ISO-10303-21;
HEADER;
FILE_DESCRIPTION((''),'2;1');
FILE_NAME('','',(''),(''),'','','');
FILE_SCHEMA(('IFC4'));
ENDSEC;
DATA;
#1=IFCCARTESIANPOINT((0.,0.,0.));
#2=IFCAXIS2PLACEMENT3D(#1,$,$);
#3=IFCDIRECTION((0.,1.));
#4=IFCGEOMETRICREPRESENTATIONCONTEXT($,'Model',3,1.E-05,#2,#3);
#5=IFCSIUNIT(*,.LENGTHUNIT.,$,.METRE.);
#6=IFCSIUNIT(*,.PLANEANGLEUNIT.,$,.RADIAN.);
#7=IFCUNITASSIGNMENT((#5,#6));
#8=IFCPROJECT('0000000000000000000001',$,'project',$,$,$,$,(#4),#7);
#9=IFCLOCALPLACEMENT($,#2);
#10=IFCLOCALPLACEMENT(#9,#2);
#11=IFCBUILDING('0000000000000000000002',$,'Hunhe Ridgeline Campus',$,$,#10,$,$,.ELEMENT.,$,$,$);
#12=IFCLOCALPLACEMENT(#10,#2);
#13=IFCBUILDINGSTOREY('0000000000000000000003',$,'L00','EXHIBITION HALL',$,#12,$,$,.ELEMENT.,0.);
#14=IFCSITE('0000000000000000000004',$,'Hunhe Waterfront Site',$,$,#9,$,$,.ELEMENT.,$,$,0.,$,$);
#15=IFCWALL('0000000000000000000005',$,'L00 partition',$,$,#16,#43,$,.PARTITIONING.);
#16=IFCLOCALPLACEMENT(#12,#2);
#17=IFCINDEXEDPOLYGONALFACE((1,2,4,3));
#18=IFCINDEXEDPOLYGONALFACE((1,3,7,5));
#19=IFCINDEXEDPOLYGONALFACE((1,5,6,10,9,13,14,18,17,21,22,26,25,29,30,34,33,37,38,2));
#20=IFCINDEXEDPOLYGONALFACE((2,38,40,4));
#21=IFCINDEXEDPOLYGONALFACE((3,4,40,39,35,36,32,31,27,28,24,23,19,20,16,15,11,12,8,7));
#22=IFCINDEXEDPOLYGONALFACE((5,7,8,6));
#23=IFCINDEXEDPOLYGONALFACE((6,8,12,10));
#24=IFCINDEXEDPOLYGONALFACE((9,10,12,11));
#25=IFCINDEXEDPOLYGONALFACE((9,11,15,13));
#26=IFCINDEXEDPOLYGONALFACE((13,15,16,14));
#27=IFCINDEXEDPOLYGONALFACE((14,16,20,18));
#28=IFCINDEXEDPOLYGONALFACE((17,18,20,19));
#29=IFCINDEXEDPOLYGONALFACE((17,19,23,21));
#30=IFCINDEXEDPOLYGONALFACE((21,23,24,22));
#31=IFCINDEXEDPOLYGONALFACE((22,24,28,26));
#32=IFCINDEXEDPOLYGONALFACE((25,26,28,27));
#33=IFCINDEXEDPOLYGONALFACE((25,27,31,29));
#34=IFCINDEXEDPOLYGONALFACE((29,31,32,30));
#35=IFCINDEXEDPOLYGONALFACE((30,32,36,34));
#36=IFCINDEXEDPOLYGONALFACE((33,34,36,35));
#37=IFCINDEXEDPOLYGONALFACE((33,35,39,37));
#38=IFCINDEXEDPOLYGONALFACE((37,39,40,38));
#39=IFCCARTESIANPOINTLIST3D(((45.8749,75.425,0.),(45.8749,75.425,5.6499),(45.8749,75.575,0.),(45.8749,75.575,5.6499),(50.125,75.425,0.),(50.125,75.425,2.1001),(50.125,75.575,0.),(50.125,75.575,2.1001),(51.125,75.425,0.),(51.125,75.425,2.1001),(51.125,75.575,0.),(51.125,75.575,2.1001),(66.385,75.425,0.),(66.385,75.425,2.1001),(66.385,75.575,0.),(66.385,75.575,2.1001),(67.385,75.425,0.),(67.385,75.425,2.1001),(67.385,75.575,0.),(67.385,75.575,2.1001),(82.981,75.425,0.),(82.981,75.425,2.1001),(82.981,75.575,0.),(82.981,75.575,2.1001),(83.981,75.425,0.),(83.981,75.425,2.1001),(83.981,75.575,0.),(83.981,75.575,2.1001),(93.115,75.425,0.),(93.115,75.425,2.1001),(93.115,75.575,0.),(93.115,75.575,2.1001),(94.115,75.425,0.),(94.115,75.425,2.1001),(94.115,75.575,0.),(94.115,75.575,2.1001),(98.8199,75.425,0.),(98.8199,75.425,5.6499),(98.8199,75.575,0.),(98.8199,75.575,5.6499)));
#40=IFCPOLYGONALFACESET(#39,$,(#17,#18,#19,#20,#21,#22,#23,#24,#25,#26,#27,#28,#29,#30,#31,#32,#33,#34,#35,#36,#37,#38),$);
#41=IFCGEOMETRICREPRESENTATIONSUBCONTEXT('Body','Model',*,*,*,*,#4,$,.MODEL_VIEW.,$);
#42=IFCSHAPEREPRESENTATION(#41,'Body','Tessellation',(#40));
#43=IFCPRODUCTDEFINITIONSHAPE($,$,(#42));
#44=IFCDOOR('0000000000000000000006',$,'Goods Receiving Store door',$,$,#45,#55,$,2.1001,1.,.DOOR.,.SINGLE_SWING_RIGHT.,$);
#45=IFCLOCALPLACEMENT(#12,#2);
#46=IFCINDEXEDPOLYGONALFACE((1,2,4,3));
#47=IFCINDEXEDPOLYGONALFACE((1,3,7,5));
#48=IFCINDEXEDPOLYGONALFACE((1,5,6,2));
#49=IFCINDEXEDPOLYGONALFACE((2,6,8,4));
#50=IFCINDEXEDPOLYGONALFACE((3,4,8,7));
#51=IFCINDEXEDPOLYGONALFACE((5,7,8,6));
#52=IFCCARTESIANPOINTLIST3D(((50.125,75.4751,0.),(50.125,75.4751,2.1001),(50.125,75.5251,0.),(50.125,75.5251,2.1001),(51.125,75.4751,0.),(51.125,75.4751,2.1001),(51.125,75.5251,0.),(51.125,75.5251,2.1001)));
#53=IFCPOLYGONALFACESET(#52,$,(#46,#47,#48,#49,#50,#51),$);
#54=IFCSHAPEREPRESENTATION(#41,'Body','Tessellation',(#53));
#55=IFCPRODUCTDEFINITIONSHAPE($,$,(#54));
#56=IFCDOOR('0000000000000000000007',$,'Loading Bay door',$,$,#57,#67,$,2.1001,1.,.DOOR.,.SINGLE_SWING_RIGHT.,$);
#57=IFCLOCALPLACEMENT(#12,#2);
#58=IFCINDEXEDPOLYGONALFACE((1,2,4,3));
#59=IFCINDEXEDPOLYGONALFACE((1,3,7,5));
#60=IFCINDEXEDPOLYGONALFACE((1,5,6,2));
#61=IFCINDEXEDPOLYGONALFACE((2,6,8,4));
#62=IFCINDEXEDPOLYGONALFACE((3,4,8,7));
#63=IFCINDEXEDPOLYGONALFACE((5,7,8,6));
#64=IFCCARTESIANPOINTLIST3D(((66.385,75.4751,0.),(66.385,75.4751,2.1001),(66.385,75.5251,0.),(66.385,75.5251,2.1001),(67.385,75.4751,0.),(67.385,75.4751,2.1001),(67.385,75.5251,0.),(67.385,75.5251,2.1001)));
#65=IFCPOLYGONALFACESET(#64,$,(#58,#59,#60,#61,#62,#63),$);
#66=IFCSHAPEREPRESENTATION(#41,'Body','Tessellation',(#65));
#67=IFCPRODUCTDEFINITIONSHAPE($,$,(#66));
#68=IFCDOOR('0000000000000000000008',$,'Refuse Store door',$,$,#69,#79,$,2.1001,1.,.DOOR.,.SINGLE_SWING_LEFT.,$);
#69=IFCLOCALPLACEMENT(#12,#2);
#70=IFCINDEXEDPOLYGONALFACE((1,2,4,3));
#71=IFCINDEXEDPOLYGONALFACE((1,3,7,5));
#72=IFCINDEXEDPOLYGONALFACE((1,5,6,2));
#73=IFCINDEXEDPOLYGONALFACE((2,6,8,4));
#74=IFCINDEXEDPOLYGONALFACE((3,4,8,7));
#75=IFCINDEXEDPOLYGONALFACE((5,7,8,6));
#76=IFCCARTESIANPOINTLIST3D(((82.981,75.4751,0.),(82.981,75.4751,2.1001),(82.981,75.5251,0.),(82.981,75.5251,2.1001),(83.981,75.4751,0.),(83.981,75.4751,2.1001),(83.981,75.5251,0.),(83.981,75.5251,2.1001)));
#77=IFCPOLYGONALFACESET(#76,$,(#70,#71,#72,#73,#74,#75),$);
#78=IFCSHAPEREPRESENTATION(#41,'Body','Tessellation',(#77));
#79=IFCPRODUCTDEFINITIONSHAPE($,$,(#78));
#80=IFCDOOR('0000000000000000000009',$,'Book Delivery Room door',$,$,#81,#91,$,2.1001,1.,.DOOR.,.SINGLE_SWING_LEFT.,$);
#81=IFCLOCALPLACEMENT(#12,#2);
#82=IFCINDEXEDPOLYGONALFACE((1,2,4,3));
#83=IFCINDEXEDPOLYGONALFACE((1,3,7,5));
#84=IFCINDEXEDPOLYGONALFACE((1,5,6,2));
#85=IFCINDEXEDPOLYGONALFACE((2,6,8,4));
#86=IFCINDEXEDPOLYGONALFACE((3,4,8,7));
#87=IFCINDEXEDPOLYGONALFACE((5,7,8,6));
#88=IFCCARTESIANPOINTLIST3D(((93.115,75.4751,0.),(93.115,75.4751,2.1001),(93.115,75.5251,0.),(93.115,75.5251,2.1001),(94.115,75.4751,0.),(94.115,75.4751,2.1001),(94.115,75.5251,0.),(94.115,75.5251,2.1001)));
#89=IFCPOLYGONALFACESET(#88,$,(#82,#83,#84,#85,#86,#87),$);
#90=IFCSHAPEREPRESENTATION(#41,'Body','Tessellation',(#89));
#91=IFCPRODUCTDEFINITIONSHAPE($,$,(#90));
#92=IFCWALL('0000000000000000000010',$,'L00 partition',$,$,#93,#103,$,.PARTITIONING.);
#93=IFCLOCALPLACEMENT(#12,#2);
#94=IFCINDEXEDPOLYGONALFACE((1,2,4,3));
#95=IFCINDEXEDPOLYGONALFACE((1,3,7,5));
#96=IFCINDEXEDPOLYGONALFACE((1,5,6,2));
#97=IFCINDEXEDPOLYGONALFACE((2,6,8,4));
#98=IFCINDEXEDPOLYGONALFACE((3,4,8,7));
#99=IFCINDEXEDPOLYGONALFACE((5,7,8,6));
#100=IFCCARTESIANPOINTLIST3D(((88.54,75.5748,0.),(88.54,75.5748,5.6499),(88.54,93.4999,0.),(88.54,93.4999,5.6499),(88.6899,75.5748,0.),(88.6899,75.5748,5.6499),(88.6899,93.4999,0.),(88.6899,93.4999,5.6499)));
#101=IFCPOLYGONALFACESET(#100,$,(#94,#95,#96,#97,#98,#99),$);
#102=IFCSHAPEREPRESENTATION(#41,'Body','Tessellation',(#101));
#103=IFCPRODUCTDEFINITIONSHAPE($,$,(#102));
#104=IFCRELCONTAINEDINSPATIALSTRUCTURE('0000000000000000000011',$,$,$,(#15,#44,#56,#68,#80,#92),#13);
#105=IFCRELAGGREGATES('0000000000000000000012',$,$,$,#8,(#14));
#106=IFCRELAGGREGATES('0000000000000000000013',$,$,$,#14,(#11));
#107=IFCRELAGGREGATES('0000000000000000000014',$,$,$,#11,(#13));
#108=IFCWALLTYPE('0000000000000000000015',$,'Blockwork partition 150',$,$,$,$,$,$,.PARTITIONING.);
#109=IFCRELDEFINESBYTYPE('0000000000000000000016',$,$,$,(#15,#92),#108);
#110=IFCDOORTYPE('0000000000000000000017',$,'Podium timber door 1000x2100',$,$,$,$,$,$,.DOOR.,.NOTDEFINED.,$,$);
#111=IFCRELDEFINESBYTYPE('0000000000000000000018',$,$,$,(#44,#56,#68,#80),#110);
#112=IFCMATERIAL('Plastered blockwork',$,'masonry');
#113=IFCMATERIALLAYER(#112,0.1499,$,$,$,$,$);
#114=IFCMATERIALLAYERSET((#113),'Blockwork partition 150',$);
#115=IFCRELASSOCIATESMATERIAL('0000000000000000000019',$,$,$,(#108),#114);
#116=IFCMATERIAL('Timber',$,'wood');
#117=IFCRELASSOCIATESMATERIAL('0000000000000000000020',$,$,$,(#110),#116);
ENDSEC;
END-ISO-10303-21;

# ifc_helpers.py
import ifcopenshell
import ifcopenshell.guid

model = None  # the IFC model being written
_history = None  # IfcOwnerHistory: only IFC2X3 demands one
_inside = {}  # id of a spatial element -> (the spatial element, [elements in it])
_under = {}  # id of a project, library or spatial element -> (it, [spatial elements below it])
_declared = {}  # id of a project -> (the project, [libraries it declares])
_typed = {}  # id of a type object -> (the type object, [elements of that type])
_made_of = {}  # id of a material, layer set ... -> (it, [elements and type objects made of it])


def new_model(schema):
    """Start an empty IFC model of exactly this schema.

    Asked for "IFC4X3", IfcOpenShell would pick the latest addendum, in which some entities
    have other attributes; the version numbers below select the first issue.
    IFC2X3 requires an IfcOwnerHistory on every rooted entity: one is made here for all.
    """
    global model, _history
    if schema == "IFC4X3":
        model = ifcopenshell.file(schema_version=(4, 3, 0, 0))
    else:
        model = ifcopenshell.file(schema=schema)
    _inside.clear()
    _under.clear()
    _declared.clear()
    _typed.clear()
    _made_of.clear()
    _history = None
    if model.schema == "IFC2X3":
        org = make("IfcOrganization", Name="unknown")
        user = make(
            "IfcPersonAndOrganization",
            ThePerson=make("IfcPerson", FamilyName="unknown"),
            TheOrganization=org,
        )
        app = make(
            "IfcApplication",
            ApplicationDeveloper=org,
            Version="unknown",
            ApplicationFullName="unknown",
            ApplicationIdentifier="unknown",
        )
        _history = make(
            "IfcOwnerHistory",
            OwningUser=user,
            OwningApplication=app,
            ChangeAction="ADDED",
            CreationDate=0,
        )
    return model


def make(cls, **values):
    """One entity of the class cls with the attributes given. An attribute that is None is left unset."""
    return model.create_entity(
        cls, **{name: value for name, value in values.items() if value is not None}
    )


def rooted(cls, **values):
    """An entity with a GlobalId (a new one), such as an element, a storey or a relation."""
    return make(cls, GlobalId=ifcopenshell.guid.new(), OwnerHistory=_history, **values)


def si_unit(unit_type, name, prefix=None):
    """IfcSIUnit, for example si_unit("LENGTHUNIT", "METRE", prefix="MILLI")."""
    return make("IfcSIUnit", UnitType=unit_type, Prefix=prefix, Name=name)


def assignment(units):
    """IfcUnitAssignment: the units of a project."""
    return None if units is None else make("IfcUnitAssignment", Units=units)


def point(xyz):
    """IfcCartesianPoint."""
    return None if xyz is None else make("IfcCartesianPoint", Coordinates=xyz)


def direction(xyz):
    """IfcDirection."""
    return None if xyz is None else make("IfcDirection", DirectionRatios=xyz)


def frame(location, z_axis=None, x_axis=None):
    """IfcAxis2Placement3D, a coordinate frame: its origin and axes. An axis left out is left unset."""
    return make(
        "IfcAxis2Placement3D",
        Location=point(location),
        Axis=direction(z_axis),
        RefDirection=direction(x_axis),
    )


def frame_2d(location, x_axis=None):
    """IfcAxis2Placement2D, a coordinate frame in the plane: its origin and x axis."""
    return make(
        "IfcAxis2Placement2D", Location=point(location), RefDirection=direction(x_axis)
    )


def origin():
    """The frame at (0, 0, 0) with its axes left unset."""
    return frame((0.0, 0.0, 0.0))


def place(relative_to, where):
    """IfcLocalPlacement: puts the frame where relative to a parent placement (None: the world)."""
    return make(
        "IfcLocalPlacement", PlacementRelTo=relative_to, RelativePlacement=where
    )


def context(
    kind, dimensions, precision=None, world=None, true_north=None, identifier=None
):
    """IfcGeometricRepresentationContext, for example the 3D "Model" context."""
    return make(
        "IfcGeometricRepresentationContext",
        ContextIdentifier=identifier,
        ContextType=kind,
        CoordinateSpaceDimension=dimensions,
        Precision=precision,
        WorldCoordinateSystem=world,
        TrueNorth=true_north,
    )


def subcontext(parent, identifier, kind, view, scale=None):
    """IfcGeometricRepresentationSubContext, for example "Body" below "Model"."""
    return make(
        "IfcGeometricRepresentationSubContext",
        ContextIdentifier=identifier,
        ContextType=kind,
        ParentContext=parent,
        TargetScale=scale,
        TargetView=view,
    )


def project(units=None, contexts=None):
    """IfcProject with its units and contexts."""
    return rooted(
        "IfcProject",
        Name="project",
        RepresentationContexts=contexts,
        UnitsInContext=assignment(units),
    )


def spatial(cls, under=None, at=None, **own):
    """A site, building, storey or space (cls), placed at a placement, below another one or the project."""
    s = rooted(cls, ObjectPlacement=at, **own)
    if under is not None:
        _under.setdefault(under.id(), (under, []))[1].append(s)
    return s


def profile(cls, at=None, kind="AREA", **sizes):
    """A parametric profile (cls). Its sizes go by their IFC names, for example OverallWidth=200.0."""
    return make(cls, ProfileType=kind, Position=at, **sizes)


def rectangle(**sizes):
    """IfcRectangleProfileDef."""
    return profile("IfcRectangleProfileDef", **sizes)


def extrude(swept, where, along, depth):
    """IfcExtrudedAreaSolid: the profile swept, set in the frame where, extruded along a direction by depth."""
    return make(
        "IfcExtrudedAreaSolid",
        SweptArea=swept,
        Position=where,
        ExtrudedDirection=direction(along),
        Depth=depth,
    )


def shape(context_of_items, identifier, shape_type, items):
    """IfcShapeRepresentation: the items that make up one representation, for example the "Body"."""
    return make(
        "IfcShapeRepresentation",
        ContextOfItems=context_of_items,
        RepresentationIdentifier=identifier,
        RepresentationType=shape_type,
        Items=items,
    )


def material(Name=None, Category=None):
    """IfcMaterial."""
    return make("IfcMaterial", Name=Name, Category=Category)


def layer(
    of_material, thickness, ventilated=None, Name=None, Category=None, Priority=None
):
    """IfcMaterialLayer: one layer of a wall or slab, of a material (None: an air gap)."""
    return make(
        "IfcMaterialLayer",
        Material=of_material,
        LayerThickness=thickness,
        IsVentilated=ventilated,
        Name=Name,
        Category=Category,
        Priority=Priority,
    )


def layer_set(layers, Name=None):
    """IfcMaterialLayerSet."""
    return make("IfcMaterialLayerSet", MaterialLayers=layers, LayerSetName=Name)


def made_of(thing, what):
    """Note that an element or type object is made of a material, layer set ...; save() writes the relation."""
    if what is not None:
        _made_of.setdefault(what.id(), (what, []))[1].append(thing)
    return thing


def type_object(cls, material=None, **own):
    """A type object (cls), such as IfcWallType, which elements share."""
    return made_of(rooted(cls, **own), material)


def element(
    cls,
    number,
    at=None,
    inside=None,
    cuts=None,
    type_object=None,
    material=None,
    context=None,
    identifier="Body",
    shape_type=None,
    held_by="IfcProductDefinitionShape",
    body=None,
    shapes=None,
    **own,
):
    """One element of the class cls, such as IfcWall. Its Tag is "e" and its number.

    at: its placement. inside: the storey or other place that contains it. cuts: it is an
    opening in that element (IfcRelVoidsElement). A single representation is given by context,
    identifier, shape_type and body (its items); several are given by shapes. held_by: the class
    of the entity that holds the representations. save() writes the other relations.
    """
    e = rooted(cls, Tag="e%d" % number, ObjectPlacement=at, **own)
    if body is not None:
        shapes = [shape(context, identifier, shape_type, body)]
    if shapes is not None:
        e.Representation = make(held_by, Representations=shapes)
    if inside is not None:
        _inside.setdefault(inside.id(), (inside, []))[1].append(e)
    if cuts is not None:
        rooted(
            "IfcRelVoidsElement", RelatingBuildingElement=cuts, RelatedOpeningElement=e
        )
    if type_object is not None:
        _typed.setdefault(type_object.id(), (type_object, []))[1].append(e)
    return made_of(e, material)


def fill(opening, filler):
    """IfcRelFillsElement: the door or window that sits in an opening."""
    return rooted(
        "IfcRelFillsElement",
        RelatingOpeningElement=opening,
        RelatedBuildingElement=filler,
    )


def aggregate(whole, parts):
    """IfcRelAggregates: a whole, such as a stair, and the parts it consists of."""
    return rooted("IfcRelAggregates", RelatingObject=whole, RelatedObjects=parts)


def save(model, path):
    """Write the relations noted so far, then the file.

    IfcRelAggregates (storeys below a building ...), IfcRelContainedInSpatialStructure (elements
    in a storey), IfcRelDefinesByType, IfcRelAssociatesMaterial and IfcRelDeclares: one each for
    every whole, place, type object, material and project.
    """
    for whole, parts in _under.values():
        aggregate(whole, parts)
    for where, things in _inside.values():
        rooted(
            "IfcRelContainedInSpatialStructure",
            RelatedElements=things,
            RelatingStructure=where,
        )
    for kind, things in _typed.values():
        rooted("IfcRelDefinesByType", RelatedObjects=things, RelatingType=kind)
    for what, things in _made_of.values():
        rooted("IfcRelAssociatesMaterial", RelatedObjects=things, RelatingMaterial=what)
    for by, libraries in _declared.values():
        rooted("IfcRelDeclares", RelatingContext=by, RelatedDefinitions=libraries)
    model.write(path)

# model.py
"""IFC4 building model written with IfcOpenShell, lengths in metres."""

from ifc_helpers import new_model, si_unit, direction, frame, frame_2d, origin, place, context, subcontext, project, spatial, rectangle, extrude, material, layer, layer_set, type_object, element, fill, save


model = new_model("IFC4")

# Units and contexts
model_context = context("Model", 3, precision=1e-05, world=origin(), true_north=direction((0.0, 1.0)))
body_context = subcontext(model_context, "Body", "Model", "MODEL_VIEW")
ifc_project = project(units=[si_unit("LENGTHUNIT", "METRE"), si_unit("PLANEANGLEUNIT", "RADIAN")], contexts=[model_context])

# Site, building, storey
site_placement = place(None, origin())
site = spatial("IfcSite", under=ifc_project, at=site_placement, Name="Hunhe Waterfront Site", CompositionType="ELEMENT", RefElevation=0.0)
building_placement = place(site_placement, origin())
building = spatial("IfcBuilding", under=site, at=building_placement, Name="Hunhe Ridgeline Campus", CompositionType="ELEMENT")
storey_placement = place(building_placement, origin())
storey = spatial("IfcBuildingStorey", under=building, at=storey_placement, Name="L00", Description="EXHIBITION HALL", CompositionType="ELEMENT", Elevation=0.0)

# Wall, openings, doors
ifc_material_1 = material(Name="Plastered blockwork", Category="masonry")
ifc_layer_1 = layer(ifc_material_1, 0.1499)
ifc_layer_set_1 = layer_set([ifc_layer_1], Name="Blockwork partition 150")
wall_type_1 = type_object("IfcWallType", Name="Blockwork partition 150", PredefinedType="PARTITIONING", material=ifc_layer_set_1)
ifc_material_2 = material(Name="Timber", Category="wood")
door_type_1 = type_object("IfcDoorType", Name="Podium timber door 1000x2100", OperationType="NOTDEFINED", PredefinedType="DOOR", material=ifc_material_2)
wall_1_placement = place(storey_placement, frame((98.8201, 75.5, 0.0), z_axis=(0.0, 0.0, 1.0), x_axis=(-1.0, 0.0, 0.0)))
wall_1 = element("IfcWall", 1, at=wall_1_placement, inside=storey, type_object=wall_type_1, Name="L00 partition", PredefinedType="PARTITIONING", context=body_context, shape_type="SweptSolid", body=[
    extrude(rectangle(XDim=52.9451, YDim=0.1499, at=frame_2d((26.4727, 0.0))), origin(), (0.0, 0.0, 1.0), 5.6499),
])
opening_1_placement = place(wall_1_placement, frame((47.6951, 0.0, 0.0)))
opening_1 = element("IfcOpeningElement", 2, at=opening_1_placement, cuts=wall_1, PredefinedType="OPENING", context=body_context, shape_type="SweptSolid", body=[
    extrude(rectangle(XDim=1.0, YDim=2.1001, at=frame_2d((0.5, 1.05))), frame((0.0, 0.075, 0.0), z_axis=(0.0, -1.0, 0.0), x_axis=(1.0, 0.0, 0.0)), (0.0, 0.0, 1.0), 0.1499),
])
opening_2_placement = place(wall_1_placement, frame((31.4351, 0.0, 0.0)))
opening_2 = element("IfcOpeningElement", 3, at=opening_2_placement, cuts=wall_1, PredefinedType="OPENING", context=body_context, shape_type="SweptSolid", body=[
    extrude(rectangle(XDim=1.0, YDim=2.1001, at=frame_2d((0.5, 1.05))), frame((0.0, 0.075, 0.0), z_axis=(0.0, -1.0, 0.0), x_axis=(1.0, 0.0, 0.0)), (0.0, 0.0, 1.0), 0.1499),
])
opening_3_placement = place(wall_1_placement, frame((14.8391, 0.0, 0.0)))
opening_3 = element("IfcOpeningElement", 4, at=opening_3_placement, cuts=wall_1, PredefinedType="OPENING", context=body_context, shape_type="SweptSolid", body=[
    extrude(rectangle(XDim=1.0, YDim=2.1001, at=frame_2d((0.5, 1.05))), frame((0.0, 0.075, 0.0), z_axis=(0.0, -1.0, 0.0), x_axis=(1.0, 0.0, 0.0)), (0.0, 0.0, 1.0), 0.1499),
])
opening_4_placement = place(wall_1_placement, frame((4.7051, 0.0, 0.0)))
opening_4 = element("IfcOpeningElement", 5, at=opening_4_placement, cuts=wall_1, PredefinedType="OPENING", context=body_context, shape_type="SweptSolid", body=[
    extrude(rectangle(XDim=1.0, YDim=2.1001, at=frame_2d((0.5, 1.05))), frame((0.0, 0.075, 0.0), z_axis=(0.0, -1.0, 0.0), x_axis=(1.0, 0.0, 0.0)), (0.0, 0.0, 1.0), 0.1499),
])
door_1_placement = place(opening_1_placement, origin())
door_1 = element("IfcDoor", 6, at=door_1_placement, inside=storey, type_object=door_type_1, Name="Goods Receiving Store door", OperationType="SINGLE_SWING_RIGHT", OverallHeight=2.1001, OverallWidth=1.0, PredefinedType="DOOR", context=body_context, shape_type="SweptSolid", body=[
    extrude(rectangle(XDim=1.0, YDim=2.1001, at=frame_2d((0.5, 1.05))), frame((0.0, 0.0249, 0.0), z_axis=(0.0, -1.0, 0.0), x_axis=(1.0, 0.0, 0.0)), (0.0, 0.0, 1.0), 0.05),
])
fill(opening_1, door_1)
door_2_placement = place(opening_2_placement, origin())
door_2 = element("IfcDoor", 7, at=door_2_placement, inside=storey, type_object=door_type_1, Name="Loading Bay door", OperationType="SINGLE_SWING_RIGHT", OverallHeight=2.1001, OverallWidth=1.0, PredefinedType="DOOR", context=body_context, shape_type="SweptSolid", body=[
    extrude(rectangle(XDim=1.0, YDim=2.1001, at=frame_2d((0.5, 1.05))), frame((0.0, 0.0249, 0.0), z_axis=(0.0, -1.0, 0.0), x_axis=(1.0, 0.0, 0.0)), (0.0, 0.0, 1.0), 0.05),
])
fill(opening_2, door_2)
door_3_placement = place(opening_3_placement, origin())
door_3 = element("IfcDoor", 8, at=door_3_placement, inside=storey, type_object=door_type_1, Name="Refuse Store door", OperationType="SINGLE_SWING_LEFT", OverallHeight=2.1001, OverallWidth=1.0, PredefinedType="DOOR", context=body_context, shape_type="SweptSolid", body=[
    extrude(rectangle(XDim=1.0, YDim=2.1001, at=frame_2d((0.5, 1.05))), frame((0.0, 0.0249, 0.0), z_axis=(0.0, -1.0, 0.0), x_axis=(1.0, 0.0, 0.0)), (0.0, 0.0, 1.0), 0.05),
])
fill(opening_3, door_3)
door_4_placement = place(opening_4_placement, origin())
door_4 = element("IfcDoor", 9, at=door_4_placement, inside=storey, type_object=door_type_1, Name="Book Delivery Room door", OperationType="SINGLE_SWING_LEFT", OverallHeight=2.1001, OverallWidth=1.0, PredefinedType="DOOR", context=body_context, shape_type="SweptSolid", body=[
    extrude(rectangle(XDim=1.0, YDim=2.1001, at=frame_2d((0.5, 1.05))), frame((0.0, 0.0249, 0.0), z_axis=(0.0, -1.0, 0.0), x_axis=(1.0, 0.0, 0.0)), (0.0, 0.0, 1.0), 0.05),
])
fill(opening_4, door_4)

# Wall
wall_2_placement = place(storey_placement, frame((88.615, 75.575, 0.0), z_axis=(0.0, 0.0, 1.0), x_axis=(0.0, 1.0, 0.0)))
element("IfcWall", 10, at=wall_2_placement, inside=storey, type_object=wall_type_1, Name="L00 partition", PredefinedType="PARTITIONING", context=body_context, shape_type="SweptSolid", body=[
    extrude(rectangle(XDim=17.925, YDim=0.1499, at=frame_2d((8.9624, 0.0))), origin(), (0.0, 0.0, 1.0), 5.6499),
])

save(model, "model.ifc")
